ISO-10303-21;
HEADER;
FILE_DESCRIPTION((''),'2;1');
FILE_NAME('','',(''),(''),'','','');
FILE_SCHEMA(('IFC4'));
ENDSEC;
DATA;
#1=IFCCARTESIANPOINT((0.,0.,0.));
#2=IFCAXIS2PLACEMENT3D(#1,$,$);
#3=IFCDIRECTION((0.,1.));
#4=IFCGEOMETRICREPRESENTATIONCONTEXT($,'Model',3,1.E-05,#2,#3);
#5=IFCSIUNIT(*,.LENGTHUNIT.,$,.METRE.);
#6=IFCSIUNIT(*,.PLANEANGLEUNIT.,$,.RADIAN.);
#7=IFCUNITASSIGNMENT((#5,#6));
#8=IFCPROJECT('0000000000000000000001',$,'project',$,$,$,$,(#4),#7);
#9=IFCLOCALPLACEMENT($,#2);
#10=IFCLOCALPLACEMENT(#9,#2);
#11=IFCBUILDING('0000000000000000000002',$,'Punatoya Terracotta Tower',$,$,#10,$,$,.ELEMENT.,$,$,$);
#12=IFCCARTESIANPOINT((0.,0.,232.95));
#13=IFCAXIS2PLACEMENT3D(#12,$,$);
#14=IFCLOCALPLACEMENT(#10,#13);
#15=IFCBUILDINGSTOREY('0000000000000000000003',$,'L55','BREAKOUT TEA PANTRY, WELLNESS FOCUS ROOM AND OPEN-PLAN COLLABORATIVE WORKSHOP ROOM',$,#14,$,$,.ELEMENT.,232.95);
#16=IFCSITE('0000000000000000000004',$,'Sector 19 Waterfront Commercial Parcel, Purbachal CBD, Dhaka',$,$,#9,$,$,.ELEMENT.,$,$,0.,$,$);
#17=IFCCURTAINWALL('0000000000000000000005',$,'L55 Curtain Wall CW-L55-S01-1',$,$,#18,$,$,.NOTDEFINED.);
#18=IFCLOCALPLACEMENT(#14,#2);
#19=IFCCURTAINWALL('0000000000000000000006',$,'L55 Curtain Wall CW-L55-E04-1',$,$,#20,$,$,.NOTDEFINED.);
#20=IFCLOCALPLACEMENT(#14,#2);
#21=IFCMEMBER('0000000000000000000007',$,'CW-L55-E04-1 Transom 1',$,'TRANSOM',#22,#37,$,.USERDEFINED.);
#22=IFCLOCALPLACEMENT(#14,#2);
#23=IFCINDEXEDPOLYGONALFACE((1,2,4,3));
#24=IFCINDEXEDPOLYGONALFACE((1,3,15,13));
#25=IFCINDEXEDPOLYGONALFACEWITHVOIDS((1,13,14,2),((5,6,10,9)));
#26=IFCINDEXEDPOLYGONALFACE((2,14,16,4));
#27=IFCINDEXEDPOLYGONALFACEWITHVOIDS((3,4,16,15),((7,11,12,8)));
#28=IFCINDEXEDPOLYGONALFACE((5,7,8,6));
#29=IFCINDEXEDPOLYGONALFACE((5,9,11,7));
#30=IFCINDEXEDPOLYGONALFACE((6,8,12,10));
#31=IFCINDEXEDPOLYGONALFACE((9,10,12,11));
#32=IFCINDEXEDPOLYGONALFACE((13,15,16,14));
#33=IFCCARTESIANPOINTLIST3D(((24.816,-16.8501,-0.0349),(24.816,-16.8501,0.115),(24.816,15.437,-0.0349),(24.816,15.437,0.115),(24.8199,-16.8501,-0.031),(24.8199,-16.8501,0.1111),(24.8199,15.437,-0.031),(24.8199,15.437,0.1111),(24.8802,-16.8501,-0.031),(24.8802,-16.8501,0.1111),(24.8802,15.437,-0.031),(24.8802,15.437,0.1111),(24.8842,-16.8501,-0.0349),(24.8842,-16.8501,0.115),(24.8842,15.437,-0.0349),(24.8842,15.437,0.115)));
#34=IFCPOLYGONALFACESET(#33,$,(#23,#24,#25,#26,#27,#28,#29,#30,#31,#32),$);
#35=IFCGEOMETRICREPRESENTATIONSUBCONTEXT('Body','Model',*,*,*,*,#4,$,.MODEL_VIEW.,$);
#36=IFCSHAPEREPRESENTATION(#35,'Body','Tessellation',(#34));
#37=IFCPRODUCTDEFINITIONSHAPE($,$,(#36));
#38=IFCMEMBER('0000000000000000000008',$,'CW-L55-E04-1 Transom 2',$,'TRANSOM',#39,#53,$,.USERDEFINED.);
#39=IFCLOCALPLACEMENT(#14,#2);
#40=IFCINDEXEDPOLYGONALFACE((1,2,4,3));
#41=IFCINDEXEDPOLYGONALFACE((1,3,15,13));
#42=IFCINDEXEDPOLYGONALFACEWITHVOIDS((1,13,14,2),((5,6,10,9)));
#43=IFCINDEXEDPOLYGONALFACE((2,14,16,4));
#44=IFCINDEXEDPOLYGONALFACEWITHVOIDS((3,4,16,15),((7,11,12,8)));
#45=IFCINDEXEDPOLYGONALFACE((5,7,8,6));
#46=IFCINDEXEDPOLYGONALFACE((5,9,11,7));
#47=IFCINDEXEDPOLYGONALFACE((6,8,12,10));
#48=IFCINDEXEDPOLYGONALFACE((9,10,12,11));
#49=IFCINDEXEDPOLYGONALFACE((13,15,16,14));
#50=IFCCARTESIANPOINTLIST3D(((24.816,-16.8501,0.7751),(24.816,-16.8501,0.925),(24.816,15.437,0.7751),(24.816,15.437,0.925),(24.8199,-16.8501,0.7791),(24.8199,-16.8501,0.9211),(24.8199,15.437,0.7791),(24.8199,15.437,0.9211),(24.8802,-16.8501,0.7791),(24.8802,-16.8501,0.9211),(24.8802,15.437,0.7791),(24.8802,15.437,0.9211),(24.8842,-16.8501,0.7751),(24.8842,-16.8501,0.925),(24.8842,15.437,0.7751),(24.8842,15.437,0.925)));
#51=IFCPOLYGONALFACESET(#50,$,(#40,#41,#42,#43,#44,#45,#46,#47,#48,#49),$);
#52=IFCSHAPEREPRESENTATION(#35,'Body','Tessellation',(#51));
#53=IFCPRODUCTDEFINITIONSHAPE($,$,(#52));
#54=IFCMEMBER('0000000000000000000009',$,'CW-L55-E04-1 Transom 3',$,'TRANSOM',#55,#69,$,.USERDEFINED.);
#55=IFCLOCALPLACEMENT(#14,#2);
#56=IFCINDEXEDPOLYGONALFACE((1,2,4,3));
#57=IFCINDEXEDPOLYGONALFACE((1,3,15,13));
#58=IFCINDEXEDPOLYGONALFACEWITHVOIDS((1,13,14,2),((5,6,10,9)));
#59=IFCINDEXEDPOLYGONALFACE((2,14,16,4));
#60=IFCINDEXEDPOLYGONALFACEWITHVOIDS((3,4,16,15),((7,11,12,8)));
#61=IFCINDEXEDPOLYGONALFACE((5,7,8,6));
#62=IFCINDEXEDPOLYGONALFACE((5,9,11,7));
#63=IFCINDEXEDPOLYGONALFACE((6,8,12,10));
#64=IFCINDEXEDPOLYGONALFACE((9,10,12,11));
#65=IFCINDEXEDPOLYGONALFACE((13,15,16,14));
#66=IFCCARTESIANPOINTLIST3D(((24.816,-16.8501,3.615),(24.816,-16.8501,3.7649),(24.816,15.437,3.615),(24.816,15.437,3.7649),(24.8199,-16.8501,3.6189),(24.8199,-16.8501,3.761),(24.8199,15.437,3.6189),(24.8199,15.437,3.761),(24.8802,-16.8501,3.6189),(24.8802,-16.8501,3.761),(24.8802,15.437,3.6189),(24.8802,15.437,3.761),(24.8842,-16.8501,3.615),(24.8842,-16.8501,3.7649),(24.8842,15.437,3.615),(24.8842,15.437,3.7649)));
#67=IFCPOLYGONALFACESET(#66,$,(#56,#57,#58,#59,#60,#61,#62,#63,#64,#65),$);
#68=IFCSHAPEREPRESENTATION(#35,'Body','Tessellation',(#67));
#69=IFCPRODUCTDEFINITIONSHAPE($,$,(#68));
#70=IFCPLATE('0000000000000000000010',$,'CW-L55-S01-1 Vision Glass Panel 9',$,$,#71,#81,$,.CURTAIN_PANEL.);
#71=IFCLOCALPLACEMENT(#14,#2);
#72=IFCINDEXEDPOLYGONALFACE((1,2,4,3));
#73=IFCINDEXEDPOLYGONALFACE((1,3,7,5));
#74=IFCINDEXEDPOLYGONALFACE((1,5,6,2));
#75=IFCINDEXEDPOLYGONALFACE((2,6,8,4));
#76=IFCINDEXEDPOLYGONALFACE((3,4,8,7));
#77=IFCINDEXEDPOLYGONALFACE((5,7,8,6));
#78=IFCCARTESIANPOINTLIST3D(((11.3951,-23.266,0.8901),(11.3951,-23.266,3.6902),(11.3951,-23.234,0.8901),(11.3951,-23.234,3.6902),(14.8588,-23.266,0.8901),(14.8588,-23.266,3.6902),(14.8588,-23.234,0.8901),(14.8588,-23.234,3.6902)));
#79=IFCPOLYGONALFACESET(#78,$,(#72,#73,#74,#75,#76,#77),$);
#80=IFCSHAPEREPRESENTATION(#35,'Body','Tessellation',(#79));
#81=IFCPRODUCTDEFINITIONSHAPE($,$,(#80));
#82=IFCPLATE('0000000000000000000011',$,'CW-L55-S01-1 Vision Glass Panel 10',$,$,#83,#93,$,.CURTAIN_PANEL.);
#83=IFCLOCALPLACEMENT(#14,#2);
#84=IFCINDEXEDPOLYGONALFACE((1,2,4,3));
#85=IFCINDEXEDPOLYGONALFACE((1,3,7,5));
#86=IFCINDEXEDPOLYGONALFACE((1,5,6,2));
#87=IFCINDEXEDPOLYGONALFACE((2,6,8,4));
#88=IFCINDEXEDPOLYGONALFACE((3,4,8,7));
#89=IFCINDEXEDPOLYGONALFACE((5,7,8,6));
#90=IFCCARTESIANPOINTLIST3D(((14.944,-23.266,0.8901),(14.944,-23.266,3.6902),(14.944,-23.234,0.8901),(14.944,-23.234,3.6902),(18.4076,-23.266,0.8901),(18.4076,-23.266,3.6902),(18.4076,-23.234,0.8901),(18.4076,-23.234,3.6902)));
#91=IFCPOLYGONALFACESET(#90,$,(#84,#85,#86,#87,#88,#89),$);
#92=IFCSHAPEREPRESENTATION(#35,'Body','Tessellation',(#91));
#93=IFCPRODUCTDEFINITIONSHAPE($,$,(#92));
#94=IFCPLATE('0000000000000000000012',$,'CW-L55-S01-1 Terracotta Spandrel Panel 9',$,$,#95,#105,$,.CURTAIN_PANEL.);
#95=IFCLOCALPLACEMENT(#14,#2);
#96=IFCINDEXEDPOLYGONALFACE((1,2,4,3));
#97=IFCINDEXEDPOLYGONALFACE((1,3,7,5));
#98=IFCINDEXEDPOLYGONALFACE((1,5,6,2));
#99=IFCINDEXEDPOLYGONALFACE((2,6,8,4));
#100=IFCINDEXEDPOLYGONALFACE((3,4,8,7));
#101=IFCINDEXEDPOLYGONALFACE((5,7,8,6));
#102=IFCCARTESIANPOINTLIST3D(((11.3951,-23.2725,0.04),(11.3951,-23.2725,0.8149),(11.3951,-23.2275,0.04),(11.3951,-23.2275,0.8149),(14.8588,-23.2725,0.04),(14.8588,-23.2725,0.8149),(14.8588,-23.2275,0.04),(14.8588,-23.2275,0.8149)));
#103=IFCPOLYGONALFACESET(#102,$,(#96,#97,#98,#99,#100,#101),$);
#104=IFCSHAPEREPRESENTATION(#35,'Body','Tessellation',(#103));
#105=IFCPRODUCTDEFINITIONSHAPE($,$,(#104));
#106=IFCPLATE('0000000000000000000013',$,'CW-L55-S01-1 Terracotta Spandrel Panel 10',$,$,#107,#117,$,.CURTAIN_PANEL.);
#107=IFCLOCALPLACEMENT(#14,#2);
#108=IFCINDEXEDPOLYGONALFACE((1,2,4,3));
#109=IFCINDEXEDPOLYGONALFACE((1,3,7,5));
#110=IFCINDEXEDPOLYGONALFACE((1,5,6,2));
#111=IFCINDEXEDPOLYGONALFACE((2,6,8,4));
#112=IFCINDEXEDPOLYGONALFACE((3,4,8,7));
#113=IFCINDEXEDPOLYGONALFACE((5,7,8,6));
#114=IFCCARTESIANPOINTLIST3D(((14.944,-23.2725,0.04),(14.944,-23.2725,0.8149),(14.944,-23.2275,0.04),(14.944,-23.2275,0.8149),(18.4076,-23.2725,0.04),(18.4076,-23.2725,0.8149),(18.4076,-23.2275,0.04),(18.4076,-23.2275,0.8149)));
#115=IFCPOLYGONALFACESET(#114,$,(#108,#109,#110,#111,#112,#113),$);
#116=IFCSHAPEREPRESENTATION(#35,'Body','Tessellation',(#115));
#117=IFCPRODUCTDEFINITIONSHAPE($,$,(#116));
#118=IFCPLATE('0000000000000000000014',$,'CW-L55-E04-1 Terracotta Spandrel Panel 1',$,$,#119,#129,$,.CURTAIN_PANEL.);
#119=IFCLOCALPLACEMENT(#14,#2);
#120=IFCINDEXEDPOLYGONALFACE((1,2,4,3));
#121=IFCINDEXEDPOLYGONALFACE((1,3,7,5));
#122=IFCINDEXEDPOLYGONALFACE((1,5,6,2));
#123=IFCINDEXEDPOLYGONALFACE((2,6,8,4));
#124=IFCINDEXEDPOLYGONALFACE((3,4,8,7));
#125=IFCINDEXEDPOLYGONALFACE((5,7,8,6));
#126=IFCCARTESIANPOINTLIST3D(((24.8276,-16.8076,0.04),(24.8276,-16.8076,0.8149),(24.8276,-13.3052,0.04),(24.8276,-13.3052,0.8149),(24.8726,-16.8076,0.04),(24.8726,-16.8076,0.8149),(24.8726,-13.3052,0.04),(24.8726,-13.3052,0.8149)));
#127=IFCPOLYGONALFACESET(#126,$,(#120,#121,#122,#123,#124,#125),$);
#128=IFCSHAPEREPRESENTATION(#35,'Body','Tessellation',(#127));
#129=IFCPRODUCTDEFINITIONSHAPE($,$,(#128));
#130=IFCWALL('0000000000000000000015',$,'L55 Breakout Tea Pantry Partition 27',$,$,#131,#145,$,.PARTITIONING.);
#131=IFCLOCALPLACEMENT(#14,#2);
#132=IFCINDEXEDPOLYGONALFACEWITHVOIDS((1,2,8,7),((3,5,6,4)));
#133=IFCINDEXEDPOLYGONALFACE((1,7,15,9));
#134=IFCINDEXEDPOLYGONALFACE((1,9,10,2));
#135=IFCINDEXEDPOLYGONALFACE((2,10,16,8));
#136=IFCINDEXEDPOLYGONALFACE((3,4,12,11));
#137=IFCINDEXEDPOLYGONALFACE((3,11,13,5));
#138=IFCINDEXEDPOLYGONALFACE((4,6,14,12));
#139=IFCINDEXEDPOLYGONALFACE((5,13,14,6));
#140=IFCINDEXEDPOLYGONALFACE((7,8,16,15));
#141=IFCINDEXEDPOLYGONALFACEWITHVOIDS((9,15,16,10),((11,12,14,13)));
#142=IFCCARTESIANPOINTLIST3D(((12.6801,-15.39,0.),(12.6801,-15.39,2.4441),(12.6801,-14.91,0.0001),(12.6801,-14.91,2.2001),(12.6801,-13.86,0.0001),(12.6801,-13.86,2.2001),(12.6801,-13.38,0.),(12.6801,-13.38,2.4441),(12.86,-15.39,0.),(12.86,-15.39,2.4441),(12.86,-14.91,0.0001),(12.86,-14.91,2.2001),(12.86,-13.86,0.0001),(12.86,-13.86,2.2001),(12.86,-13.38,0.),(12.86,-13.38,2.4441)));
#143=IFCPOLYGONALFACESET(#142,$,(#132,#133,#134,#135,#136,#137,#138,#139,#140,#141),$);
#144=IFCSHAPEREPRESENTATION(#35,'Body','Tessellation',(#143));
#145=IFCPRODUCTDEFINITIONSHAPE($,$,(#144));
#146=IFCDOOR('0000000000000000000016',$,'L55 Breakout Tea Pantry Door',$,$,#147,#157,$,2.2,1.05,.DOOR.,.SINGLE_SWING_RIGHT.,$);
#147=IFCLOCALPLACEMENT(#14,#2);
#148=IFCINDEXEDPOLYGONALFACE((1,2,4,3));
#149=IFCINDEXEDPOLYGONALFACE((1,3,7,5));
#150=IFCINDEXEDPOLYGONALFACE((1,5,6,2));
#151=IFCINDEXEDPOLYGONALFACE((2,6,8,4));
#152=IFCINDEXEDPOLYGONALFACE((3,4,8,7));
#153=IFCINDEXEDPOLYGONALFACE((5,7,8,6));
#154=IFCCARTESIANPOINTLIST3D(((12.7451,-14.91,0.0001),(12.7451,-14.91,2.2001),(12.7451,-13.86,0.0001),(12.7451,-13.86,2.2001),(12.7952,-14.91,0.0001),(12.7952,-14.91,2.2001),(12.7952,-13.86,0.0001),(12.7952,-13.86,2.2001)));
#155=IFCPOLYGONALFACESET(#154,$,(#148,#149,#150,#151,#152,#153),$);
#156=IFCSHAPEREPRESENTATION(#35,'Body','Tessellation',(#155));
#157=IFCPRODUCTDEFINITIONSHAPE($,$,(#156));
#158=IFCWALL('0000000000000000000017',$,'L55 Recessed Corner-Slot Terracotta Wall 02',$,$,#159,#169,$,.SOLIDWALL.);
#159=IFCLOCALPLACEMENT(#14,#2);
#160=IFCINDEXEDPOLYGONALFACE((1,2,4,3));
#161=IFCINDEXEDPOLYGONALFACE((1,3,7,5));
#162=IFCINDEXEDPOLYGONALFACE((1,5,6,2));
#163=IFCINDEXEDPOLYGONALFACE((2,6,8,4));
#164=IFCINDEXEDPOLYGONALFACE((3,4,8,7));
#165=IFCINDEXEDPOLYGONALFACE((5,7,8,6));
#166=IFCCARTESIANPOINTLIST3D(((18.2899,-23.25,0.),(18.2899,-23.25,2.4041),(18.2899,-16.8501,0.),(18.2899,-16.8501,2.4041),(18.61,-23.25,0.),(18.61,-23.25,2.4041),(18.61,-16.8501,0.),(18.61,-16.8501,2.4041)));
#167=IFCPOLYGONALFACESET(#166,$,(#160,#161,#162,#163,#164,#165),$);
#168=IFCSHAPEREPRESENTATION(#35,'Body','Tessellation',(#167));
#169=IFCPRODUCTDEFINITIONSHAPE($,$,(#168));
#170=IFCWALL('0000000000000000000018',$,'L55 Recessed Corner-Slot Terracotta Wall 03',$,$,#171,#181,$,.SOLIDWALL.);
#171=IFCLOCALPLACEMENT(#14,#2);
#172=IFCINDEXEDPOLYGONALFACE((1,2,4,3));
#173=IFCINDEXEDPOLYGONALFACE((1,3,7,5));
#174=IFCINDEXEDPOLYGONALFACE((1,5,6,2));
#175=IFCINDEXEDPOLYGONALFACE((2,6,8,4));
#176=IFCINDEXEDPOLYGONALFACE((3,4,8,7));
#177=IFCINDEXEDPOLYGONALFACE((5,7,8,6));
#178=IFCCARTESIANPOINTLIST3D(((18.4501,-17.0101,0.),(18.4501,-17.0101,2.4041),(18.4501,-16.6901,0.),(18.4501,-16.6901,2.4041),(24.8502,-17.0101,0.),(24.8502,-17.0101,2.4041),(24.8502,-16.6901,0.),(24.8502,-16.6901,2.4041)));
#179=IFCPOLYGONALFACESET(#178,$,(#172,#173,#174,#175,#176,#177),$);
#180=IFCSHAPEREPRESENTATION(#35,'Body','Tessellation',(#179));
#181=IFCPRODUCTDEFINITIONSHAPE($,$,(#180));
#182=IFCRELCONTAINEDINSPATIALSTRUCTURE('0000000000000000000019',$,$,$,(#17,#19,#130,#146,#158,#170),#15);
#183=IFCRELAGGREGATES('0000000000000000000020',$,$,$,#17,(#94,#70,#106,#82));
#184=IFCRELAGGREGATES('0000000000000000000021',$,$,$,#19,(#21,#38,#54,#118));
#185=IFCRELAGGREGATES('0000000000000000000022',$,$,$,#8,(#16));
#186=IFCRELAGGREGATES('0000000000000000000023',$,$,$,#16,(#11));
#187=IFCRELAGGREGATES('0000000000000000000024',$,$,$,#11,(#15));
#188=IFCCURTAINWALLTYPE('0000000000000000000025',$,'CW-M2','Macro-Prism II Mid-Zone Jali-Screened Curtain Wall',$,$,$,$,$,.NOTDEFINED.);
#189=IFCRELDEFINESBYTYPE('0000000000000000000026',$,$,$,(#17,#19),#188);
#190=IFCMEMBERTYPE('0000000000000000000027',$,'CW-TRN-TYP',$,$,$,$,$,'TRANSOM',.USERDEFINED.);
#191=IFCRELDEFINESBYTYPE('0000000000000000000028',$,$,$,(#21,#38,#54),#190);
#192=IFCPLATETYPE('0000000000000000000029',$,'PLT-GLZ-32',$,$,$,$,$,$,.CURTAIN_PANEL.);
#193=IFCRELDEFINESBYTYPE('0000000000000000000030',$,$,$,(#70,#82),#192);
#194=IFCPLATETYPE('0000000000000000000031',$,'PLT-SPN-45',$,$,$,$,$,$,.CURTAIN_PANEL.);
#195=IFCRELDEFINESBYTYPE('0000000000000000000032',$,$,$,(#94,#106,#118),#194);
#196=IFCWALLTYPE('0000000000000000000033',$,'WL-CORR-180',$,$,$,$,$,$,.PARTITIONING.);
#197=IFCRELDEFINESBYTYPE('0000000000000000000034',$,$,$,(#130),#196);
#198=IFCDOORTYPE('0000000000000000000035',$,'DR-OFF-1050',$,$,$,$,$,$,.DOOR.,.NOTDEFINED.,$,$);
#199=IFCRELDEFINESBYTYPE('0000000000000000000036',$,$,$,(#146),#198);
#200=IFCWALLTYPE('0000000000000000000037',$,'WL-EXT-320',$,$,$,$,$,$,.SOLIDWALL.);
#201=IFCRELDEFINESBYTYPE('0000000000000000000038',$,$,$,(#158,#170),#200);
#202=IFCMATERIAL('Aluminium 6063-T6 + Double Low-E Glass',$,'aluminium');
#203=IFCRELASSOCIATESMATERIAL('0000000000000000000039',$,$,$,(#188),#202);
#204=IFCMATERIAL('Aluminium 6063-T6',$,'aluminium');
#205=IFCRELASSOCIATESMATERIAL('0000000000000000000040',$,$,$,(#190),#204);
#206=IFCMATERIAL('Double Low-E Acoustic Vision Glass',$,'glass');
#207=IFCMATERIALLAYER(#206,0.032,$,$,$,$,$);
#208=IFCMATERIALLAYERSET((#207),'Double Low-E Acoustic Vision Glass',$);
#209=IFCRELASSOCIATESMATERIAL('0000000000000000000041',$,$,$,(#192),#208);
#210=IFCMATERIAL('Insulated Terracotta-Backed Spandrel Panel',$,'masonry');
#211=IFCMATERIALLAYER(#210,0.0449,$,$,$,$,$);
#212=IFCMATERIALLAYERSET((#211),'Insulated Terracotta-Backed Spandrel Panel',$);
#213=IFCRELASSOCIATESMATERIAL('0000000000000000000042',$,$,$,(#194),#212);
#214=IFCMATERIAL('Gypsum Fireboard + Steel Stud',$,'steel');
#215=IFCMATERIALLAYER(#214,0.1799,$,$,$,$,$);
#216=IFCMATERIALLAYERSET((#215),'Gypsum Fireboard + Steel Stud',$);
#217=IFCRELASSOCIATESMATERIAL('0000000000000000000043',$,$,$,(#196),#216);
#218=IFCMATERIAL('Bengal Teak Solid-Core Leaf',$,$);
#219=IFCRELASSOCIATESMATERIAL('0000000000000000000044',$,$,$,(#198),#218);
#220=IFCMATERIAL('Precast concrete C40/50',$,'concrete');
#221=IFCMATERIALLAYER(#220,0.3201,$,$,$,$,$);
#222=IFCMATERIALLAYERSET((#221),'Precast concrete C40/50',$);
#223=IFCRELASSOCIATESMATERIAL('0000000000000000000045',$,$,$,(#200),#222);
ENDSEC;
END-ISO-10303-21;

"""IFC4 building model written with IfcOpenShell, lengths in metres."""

from ifc_helpers import new_model, si_unit, direction, frame, frame_2d, origin, origin_2d, place, context, subcontext, project, spatial, rectangle, hollow_rectangle, extrude, material, layer, layer_set, material_profile, profile_set, type_object, element, fill, aggregate, save


model = new_model("IFC4")

# Units and contexts
model_context = context("Model", 3, precision=1e-05, world=origin(), true_north=direction((0.0, 1.0)))
body_context = subcontext(model_context, "Body", "Model", "MODEL_VIEW")
ifc_project = project(units=[si_unit("LENGTHUNIT", "METRE"), si_unit("PLANEANGLEUNIT", "RADIAN")], contexts=[model_context])

# Site, building, storey
site_placement = place(None, origin())
site = spatial("IfcSite", under=ifc_project, at=site_placement, Name="Sector 19 Waterfront Commercial Parcel, Purbachal CBD, Dhaka", CompositionType="ELEMENT", RefElevation=0.0)
building_placement = place(site_placement, origin())
building = spatial("IfcBuilding", under=site, at=building_placement, Name="Punatoya Terracotta Tower", CompositionType="ELEMENT")
storey_placement = place(building_placement, frame((0.0, 0.0, 232.95)))
storey = spatial("IfcBuildingStorey", under=building, at=storey_placement, Name="L55", Description="BREAKOUT TEA PANTRY, WELLNESS FOCUS ROOM AND OPEN-PLAN COLLABORATIVE WORKSHOP ROOM", CompositionType="ELEMENT", Elevation=232.95)

# Curtain walls, members
ifc_material_1 = material(Name="Aluminium 6063-T6 + Double Low-E Glass", Category="aluminium")
curtain_wall_type = type_object("IfcCurtainWallType", Name="CW-M2", Description="Macro-Prism II Mid-Zone Jali-Screened Curtain Wall", PredefinedType="NOTDEFINED", material=ifc_material_1)
curtain_wall_1_placement = place(storey_placement, origin())
curtain_wall_1 = element("IfcCurtainWall", 1, at=curtain_wall_1_placement, inside=storey, type_object=curtain_wall_type, Name="L55 Curtain Wall CW-L55-S01-1", PredefinedType="NOTDEFINED")
ifc_material_2 = material(Name="Aluminium 6063-T6", Category="aluminium")
curtain_wall_2_placement = place(storey_placement, origin())
curtain_wall_2 = element("IfcCurtainWall", 2, at=curtain_wall_2_placement, inside=storey, type_object=curtain_wall_type, Name="L55 Curtain Wall CW-L55-E04-1", PredefinedType="NOTDEFINED")
ifc_material_profile_1 = material_profile(ifc_material_2, hollow_rectangle(XDim=0.0681, YDim=0.1499, WallThickness=0.0039, at=origin_2d()))
ifc_profile_set_1 = profile_set([ifc_material_profile_1], Name="Aluminium 6063-T6")
member_type_1 = type_object("IfcMemberType", Name="CW-TRN-TYP", ElementType="TRANSOM", PredefinedType="USERDEFINED", material=ifc_profile_set_1)
member_1_placement = place(storey_placement, frame((24.8501, -16.8501, 0.04), z_axis=(0.0, 1.0, 0.0), x_axis=(-1.0, 0.0, 0.0)))
member_1 = element("IfcMember", 3, at=member_1_placement, type_object=member_type_1, Name="CW-L55-E04-1 Transom 1", ObjectType="TRANSOM", PredefinedType="USERDEFINED", context=body_context, shape_type="SweptSolid", body=[
    extrude(hollow_rectangle(XDim=0.0681, YDim=0.1499, WallThickness=0.0039, at=origin_2d()), origin(), (0.0, 0.0, 1.0), 32.2871),
])
member_2_placement = place(storey_placement, frame((24.8501, -16.8501, 0.8501), z_axis=(0.0, 1.0, 0.0), x_axis=(-1.0, 0.0, 0.0)))
member_2 = element("IfcMember", 4, at=member_2_placement, type_object=member_type_1, Name="CW-L55-E04-1 Transom 2", ObjectType="TRANSOM", PredefinedType="USERDEFINED", context=body_context, shape_type="SweptSolid", body=[
    extrude(hollow_rectangle(XDim=0.0681, YDim=0.1499, WallThickness=0.0039, at=origin_2d()), origin(), (0.0, 0.0, 1.0), 32.2871),
])
member_3_placement = place(storey_placement, frame((24.8501, -16.8501, 3.6899), z_axis=(0.0, 1.0, 0.0), x_axis=(-1.0, 0.0, 0.0)))
member_3 = element("IfcMember", 5, at=member_3_placement, type_object=member_type_1, Name="CW-L55-E04-1 Transom 3", ObjectType="TRANSOM", PredefinedType="USERDEFINED", context=body_context, shape_type="SweptSolid", body=[
    extrude(hollow_rectangle(XDim=0.0681, YDim=0.1499, WallThickness=0.0039, at=origin_2d()), origin(), (0.0, 0.0, 1.0), 32.2871),
])

# Plates
ifc_material_3 = material(Name="Double Low-E Acoustic Vision Glass", Category="glass")
ifc_layer_1 = layer(ifc_material_3, 0.032)
ifc_layer_set_1 = layer_set([ifc_layer_1], Name="Double Low-E Acoustic Vision Glass")
plate_type_1 = type_object("IfcPlateType", Name="PLT-GLZ-32", PredefinedType="CURTAIN_PANEL", material=ifc_layer_set_1)
plate_1_placement = place(storey_placement, frame((13.127, -23.25, 0.8901), z_axis=(0.0, 0.0, 1.0), x_axis=(1.0, 0.0, 0.0)))
plate_1 = element("IfcPlate", 6, at=plate_1_placement, type_object=plate_type_1, Name="CW-L55-S01-1 Vision Glass Panel 9", PredefinedType="CURTAIN_PANEL", context=body_context, shape_type="SweptSolid", body=[
    extrude(rectangle(XDim=3.4636, YDim=0.032, at=origin_2d()), origin(), (0.0, 0.0, 1.0), 2.8),
])
plate_2_placement = place(storey_placement, frame((16.6758, -23.25, 0.8901), z_axis=(0.0, 0.0, 1.0), x_axis=(1.0, 0.0, 0.0)))
plate_2 = element("IfcPlate", 7, at=plate_2_placement, type_object=plate_type_1, Name="CW-L55-S01-1 Vision Glass Panel 10", PredefinedType="CURTAIN_PANEL", context=body_context, shape_type="SweptSolid", body=[
    extrude(rectangle(XDim=3.4636, YDim=0.032, at=origin_2d()), origin(), (0.0, 0.0, 1.0), 2.8),
])
ifc_material_4 = material(Name="Insulated Terracotta-Backed Spandrel Panel", Category="masonry")
ifc_layer_2 = layer(ifc_material_4, 0.0449)
ifc_layer_set_2 = layer_set([ifc_layer_2], Name="Insulated Terracotta-Backed Spandrel Panel")
plate_type_2 = type_object("IfcPlateType", Name="PLT-SPN-45", PredefinedType="CURTAIN_PANEL", material=ifc_layer_set_2)
plate_3_placement = place(storey_placement, frame((13.127, -23.25, 0.04), z_axis=(0.0, 0.0, 1.0), x_axis=(1.0, 0.0, 0.0)))
plate_3 = element("IfcPlate", 8, at=plate_3_placement, type_object=plate_type_2, Name="CW-L55-S01-1 Terracotta Spandrel Panel 9", PredefinedType="CURTAIN_PANEL", context=body_context, shape_type="SweptSolid", body=[
    extrude(rectangle(XDim=3.4636, YDim=0.0449, at=origin_2d()), origin(), (0.0, 0.0, 1.0), 0.7749),
])
plate_4_placement = place(storey_placement, frame((16.6758, -23.25, 0.04), z_axis=(0.0, 0.0, 1.0), x_axis=(1.0, 0.0, 0.0)))
plate_4 = element("IfcPlate", 9, at=plate_4_placement, type_object=plate_type_2, Name="CW-L55-S01-1 Terracotta Spandrel Panel 10", PredefinedType="CURTAIN_PANEL", context=body_context, shape_type="SweptSolid", body=[
    extrude(rectangle(XDim=3.4636, YDim=0.0449, at=origin_2d()), origin(), (0.0, 0.0, 1.0), 0.7749),
])
aggregate(curtain_wall_1, [plate_3, plate_1, plate_4, plate_2])
plate_5_placement = place(storey_placement, frame((24.8501, -15.0564, 0.04), z_axis=(0.0, 0.0, 1.0), x_axis=(0.0, 1.0, 0.0)))
plate_5 = element("IfcPlate", 10, at=plate_5_placement, type_object=plate_type_2, Name="CW-L55-E04-1 Terracotta Spandrel Panel 1", PredefinedType="CURTAIN_PANEL", context=body_context, shape_type="SweptSolid", body=[
    extrude(rectangle(XDim=3.5024, YDim=0.0449, at=origin_2d()), origin(), (0.0, 0.0, 1.0), 0.7749),
])
aggregate(curtain_wall_2, [member_1, member_2, member_3, plate_5])

# Wall, opening, door
ifc_material_5 = material(Name="Gypsum Fireboard + Steel Stud", Category="steel")
ifc_layer_3 = layer(ifc_material_5, 0.1799)
ifc_layer_set_3 = layer_set([ifc_layer_3], Name="Gypsum Fireboard + Steel Stud")
wall_type_1 = type_object("IfcWallType", Name="WL-CORR-180", PredefinedType="PARTITIONING", material=ifc_layer_set_3)
wall_1_placement = place(storey_placement, frame((12.77, -15.3899, 0.0), z_axis=(0.0, 0.0, 1.0), x_axis=(0.0, 1.0, 0.0)))
wall_1 = element("IfcWall", 11, at=wall_1_placement, inside=storey, type_object=wall_type_1, Name="L55 Breakout Tea Pantry Partition 27", PredefinedType="PARTITIONING", context=body_context, shape_type="SweptSolid", body=[
    extrude(rectangle(XDim=2.01, YDim=0.1799, at=frame_2d((1.0049, 0.0))), origin(), (0.0, 0.0, 1.0), 2.4441),
])
opening_placement = place(wall_1_placement, frame((0.48, 0.0, 0.0)))
opening = element("IfcOpeningElement", 12, at=opening_placement, cuts=wall_1, PredefinedType="OPENING", context=body_context, shape_type="SweptSolid", body=[
    extrude(rectangle(XDim=1.05, YDim=2.2, at=frame_2d((0.5249, 1.1001))), frame((0.0, 0.0999, 0.0), z_axis=(0.0, -1.0, 0.0), x_axis=(1.0, 0.0, 0.0)), (0.0, 0.0, 1.0), 0.2),
])
ifc_material_6 = material(Name="Bengal Teak Solid-Core Leaf")
door_type = type_object("IfcDoorType", Name="DR-OFF-1050", OperationType="NOTDEFINED", PredefinedType="DOOR", material=ifc_material_6)
door_placement = place(opening_placement, origin())
door = element("IfcDoor", 13, at=door_placement, inside=storey, type_object=door_type, Name="L55 Breakout Tea Pantry Door", OperationType="SINGLE_SWING_RIGHT", OverallHeight=2.2, OverallWidth=1.05, PredefinedType="DOOR", context=body_context, shape_type="SweptSolid", body=[
    extrude(rectangle(XDim=1.05, YDim=2.2, at=frame_2d((0.5249, 1.1001))), frame((0.0, 0.0249, 0.0), z_axis=(0.0, -1.0, 0.0), x_axis=(1.0, 0.0, 0.0)), (0.0, 0.0, 1.0), 0.05),
])
fill(opening, door)

# Walls
ifc_material_7 = material(Name="Precast concrete C40/50", Category="concrete")
ifc_layer_4 = layer(ifc_material_7, 0.3201)
ifc_layer_set_4 = layer_set([ifc_layer_4], Name="Precast concrete C40/50")
wall_type_2 = type_object("IfcWallType", Name="WL-EXT-320", PredefinedType="SOLIDWALL", material=ifc_layer_set_4)
wall_2_placement = place(storey_placement, frame((18.45, -23.25, 0.0), z_axis=(0.0, 0.0, 1.0), x_axis=(0.0, 1.0, 0.0)))
element("IfcWall", 14, at=wall_2_placement, inside=storey, type_object=wall_type_2, Name="L55 Recessed Corner-Slot Terracotta Wall 02", PredefinedType="SOLIDWALL", context=body_context, shape_type="SweptSolid", body=[
    extrude(rectangle(XDim=6.3999, YDim=0.3201, at=frame_2d((3.2, 0.0))), origin(), (0.0, 0.0, 1.0), 2.4041),
])
wall_3_placement = place(storey_placement, frame((18.45, -16.8501, 0.0), z_axis=(0.0, 0.0, 1.0), x_axis=(1.0, 0.0, 0.0)))
element("IfcWall", 15, at=wall_3_placement, inside=storey, type_object=wall_type_2, Name="L55 Recessed Corner-Slot Terracotta Wall 03", PredefinedType="SOLIDWALL", context=body_context, shape_type="SweptSolid", body=[
    extrude(rectangle(XDim=6.4001, YDim=0.3201, at=frame_2d((3.2002, 0.0))), origin(), (0.0, 0.0, 1.0), 2.4041),
])

save(model, "model.ifc")
